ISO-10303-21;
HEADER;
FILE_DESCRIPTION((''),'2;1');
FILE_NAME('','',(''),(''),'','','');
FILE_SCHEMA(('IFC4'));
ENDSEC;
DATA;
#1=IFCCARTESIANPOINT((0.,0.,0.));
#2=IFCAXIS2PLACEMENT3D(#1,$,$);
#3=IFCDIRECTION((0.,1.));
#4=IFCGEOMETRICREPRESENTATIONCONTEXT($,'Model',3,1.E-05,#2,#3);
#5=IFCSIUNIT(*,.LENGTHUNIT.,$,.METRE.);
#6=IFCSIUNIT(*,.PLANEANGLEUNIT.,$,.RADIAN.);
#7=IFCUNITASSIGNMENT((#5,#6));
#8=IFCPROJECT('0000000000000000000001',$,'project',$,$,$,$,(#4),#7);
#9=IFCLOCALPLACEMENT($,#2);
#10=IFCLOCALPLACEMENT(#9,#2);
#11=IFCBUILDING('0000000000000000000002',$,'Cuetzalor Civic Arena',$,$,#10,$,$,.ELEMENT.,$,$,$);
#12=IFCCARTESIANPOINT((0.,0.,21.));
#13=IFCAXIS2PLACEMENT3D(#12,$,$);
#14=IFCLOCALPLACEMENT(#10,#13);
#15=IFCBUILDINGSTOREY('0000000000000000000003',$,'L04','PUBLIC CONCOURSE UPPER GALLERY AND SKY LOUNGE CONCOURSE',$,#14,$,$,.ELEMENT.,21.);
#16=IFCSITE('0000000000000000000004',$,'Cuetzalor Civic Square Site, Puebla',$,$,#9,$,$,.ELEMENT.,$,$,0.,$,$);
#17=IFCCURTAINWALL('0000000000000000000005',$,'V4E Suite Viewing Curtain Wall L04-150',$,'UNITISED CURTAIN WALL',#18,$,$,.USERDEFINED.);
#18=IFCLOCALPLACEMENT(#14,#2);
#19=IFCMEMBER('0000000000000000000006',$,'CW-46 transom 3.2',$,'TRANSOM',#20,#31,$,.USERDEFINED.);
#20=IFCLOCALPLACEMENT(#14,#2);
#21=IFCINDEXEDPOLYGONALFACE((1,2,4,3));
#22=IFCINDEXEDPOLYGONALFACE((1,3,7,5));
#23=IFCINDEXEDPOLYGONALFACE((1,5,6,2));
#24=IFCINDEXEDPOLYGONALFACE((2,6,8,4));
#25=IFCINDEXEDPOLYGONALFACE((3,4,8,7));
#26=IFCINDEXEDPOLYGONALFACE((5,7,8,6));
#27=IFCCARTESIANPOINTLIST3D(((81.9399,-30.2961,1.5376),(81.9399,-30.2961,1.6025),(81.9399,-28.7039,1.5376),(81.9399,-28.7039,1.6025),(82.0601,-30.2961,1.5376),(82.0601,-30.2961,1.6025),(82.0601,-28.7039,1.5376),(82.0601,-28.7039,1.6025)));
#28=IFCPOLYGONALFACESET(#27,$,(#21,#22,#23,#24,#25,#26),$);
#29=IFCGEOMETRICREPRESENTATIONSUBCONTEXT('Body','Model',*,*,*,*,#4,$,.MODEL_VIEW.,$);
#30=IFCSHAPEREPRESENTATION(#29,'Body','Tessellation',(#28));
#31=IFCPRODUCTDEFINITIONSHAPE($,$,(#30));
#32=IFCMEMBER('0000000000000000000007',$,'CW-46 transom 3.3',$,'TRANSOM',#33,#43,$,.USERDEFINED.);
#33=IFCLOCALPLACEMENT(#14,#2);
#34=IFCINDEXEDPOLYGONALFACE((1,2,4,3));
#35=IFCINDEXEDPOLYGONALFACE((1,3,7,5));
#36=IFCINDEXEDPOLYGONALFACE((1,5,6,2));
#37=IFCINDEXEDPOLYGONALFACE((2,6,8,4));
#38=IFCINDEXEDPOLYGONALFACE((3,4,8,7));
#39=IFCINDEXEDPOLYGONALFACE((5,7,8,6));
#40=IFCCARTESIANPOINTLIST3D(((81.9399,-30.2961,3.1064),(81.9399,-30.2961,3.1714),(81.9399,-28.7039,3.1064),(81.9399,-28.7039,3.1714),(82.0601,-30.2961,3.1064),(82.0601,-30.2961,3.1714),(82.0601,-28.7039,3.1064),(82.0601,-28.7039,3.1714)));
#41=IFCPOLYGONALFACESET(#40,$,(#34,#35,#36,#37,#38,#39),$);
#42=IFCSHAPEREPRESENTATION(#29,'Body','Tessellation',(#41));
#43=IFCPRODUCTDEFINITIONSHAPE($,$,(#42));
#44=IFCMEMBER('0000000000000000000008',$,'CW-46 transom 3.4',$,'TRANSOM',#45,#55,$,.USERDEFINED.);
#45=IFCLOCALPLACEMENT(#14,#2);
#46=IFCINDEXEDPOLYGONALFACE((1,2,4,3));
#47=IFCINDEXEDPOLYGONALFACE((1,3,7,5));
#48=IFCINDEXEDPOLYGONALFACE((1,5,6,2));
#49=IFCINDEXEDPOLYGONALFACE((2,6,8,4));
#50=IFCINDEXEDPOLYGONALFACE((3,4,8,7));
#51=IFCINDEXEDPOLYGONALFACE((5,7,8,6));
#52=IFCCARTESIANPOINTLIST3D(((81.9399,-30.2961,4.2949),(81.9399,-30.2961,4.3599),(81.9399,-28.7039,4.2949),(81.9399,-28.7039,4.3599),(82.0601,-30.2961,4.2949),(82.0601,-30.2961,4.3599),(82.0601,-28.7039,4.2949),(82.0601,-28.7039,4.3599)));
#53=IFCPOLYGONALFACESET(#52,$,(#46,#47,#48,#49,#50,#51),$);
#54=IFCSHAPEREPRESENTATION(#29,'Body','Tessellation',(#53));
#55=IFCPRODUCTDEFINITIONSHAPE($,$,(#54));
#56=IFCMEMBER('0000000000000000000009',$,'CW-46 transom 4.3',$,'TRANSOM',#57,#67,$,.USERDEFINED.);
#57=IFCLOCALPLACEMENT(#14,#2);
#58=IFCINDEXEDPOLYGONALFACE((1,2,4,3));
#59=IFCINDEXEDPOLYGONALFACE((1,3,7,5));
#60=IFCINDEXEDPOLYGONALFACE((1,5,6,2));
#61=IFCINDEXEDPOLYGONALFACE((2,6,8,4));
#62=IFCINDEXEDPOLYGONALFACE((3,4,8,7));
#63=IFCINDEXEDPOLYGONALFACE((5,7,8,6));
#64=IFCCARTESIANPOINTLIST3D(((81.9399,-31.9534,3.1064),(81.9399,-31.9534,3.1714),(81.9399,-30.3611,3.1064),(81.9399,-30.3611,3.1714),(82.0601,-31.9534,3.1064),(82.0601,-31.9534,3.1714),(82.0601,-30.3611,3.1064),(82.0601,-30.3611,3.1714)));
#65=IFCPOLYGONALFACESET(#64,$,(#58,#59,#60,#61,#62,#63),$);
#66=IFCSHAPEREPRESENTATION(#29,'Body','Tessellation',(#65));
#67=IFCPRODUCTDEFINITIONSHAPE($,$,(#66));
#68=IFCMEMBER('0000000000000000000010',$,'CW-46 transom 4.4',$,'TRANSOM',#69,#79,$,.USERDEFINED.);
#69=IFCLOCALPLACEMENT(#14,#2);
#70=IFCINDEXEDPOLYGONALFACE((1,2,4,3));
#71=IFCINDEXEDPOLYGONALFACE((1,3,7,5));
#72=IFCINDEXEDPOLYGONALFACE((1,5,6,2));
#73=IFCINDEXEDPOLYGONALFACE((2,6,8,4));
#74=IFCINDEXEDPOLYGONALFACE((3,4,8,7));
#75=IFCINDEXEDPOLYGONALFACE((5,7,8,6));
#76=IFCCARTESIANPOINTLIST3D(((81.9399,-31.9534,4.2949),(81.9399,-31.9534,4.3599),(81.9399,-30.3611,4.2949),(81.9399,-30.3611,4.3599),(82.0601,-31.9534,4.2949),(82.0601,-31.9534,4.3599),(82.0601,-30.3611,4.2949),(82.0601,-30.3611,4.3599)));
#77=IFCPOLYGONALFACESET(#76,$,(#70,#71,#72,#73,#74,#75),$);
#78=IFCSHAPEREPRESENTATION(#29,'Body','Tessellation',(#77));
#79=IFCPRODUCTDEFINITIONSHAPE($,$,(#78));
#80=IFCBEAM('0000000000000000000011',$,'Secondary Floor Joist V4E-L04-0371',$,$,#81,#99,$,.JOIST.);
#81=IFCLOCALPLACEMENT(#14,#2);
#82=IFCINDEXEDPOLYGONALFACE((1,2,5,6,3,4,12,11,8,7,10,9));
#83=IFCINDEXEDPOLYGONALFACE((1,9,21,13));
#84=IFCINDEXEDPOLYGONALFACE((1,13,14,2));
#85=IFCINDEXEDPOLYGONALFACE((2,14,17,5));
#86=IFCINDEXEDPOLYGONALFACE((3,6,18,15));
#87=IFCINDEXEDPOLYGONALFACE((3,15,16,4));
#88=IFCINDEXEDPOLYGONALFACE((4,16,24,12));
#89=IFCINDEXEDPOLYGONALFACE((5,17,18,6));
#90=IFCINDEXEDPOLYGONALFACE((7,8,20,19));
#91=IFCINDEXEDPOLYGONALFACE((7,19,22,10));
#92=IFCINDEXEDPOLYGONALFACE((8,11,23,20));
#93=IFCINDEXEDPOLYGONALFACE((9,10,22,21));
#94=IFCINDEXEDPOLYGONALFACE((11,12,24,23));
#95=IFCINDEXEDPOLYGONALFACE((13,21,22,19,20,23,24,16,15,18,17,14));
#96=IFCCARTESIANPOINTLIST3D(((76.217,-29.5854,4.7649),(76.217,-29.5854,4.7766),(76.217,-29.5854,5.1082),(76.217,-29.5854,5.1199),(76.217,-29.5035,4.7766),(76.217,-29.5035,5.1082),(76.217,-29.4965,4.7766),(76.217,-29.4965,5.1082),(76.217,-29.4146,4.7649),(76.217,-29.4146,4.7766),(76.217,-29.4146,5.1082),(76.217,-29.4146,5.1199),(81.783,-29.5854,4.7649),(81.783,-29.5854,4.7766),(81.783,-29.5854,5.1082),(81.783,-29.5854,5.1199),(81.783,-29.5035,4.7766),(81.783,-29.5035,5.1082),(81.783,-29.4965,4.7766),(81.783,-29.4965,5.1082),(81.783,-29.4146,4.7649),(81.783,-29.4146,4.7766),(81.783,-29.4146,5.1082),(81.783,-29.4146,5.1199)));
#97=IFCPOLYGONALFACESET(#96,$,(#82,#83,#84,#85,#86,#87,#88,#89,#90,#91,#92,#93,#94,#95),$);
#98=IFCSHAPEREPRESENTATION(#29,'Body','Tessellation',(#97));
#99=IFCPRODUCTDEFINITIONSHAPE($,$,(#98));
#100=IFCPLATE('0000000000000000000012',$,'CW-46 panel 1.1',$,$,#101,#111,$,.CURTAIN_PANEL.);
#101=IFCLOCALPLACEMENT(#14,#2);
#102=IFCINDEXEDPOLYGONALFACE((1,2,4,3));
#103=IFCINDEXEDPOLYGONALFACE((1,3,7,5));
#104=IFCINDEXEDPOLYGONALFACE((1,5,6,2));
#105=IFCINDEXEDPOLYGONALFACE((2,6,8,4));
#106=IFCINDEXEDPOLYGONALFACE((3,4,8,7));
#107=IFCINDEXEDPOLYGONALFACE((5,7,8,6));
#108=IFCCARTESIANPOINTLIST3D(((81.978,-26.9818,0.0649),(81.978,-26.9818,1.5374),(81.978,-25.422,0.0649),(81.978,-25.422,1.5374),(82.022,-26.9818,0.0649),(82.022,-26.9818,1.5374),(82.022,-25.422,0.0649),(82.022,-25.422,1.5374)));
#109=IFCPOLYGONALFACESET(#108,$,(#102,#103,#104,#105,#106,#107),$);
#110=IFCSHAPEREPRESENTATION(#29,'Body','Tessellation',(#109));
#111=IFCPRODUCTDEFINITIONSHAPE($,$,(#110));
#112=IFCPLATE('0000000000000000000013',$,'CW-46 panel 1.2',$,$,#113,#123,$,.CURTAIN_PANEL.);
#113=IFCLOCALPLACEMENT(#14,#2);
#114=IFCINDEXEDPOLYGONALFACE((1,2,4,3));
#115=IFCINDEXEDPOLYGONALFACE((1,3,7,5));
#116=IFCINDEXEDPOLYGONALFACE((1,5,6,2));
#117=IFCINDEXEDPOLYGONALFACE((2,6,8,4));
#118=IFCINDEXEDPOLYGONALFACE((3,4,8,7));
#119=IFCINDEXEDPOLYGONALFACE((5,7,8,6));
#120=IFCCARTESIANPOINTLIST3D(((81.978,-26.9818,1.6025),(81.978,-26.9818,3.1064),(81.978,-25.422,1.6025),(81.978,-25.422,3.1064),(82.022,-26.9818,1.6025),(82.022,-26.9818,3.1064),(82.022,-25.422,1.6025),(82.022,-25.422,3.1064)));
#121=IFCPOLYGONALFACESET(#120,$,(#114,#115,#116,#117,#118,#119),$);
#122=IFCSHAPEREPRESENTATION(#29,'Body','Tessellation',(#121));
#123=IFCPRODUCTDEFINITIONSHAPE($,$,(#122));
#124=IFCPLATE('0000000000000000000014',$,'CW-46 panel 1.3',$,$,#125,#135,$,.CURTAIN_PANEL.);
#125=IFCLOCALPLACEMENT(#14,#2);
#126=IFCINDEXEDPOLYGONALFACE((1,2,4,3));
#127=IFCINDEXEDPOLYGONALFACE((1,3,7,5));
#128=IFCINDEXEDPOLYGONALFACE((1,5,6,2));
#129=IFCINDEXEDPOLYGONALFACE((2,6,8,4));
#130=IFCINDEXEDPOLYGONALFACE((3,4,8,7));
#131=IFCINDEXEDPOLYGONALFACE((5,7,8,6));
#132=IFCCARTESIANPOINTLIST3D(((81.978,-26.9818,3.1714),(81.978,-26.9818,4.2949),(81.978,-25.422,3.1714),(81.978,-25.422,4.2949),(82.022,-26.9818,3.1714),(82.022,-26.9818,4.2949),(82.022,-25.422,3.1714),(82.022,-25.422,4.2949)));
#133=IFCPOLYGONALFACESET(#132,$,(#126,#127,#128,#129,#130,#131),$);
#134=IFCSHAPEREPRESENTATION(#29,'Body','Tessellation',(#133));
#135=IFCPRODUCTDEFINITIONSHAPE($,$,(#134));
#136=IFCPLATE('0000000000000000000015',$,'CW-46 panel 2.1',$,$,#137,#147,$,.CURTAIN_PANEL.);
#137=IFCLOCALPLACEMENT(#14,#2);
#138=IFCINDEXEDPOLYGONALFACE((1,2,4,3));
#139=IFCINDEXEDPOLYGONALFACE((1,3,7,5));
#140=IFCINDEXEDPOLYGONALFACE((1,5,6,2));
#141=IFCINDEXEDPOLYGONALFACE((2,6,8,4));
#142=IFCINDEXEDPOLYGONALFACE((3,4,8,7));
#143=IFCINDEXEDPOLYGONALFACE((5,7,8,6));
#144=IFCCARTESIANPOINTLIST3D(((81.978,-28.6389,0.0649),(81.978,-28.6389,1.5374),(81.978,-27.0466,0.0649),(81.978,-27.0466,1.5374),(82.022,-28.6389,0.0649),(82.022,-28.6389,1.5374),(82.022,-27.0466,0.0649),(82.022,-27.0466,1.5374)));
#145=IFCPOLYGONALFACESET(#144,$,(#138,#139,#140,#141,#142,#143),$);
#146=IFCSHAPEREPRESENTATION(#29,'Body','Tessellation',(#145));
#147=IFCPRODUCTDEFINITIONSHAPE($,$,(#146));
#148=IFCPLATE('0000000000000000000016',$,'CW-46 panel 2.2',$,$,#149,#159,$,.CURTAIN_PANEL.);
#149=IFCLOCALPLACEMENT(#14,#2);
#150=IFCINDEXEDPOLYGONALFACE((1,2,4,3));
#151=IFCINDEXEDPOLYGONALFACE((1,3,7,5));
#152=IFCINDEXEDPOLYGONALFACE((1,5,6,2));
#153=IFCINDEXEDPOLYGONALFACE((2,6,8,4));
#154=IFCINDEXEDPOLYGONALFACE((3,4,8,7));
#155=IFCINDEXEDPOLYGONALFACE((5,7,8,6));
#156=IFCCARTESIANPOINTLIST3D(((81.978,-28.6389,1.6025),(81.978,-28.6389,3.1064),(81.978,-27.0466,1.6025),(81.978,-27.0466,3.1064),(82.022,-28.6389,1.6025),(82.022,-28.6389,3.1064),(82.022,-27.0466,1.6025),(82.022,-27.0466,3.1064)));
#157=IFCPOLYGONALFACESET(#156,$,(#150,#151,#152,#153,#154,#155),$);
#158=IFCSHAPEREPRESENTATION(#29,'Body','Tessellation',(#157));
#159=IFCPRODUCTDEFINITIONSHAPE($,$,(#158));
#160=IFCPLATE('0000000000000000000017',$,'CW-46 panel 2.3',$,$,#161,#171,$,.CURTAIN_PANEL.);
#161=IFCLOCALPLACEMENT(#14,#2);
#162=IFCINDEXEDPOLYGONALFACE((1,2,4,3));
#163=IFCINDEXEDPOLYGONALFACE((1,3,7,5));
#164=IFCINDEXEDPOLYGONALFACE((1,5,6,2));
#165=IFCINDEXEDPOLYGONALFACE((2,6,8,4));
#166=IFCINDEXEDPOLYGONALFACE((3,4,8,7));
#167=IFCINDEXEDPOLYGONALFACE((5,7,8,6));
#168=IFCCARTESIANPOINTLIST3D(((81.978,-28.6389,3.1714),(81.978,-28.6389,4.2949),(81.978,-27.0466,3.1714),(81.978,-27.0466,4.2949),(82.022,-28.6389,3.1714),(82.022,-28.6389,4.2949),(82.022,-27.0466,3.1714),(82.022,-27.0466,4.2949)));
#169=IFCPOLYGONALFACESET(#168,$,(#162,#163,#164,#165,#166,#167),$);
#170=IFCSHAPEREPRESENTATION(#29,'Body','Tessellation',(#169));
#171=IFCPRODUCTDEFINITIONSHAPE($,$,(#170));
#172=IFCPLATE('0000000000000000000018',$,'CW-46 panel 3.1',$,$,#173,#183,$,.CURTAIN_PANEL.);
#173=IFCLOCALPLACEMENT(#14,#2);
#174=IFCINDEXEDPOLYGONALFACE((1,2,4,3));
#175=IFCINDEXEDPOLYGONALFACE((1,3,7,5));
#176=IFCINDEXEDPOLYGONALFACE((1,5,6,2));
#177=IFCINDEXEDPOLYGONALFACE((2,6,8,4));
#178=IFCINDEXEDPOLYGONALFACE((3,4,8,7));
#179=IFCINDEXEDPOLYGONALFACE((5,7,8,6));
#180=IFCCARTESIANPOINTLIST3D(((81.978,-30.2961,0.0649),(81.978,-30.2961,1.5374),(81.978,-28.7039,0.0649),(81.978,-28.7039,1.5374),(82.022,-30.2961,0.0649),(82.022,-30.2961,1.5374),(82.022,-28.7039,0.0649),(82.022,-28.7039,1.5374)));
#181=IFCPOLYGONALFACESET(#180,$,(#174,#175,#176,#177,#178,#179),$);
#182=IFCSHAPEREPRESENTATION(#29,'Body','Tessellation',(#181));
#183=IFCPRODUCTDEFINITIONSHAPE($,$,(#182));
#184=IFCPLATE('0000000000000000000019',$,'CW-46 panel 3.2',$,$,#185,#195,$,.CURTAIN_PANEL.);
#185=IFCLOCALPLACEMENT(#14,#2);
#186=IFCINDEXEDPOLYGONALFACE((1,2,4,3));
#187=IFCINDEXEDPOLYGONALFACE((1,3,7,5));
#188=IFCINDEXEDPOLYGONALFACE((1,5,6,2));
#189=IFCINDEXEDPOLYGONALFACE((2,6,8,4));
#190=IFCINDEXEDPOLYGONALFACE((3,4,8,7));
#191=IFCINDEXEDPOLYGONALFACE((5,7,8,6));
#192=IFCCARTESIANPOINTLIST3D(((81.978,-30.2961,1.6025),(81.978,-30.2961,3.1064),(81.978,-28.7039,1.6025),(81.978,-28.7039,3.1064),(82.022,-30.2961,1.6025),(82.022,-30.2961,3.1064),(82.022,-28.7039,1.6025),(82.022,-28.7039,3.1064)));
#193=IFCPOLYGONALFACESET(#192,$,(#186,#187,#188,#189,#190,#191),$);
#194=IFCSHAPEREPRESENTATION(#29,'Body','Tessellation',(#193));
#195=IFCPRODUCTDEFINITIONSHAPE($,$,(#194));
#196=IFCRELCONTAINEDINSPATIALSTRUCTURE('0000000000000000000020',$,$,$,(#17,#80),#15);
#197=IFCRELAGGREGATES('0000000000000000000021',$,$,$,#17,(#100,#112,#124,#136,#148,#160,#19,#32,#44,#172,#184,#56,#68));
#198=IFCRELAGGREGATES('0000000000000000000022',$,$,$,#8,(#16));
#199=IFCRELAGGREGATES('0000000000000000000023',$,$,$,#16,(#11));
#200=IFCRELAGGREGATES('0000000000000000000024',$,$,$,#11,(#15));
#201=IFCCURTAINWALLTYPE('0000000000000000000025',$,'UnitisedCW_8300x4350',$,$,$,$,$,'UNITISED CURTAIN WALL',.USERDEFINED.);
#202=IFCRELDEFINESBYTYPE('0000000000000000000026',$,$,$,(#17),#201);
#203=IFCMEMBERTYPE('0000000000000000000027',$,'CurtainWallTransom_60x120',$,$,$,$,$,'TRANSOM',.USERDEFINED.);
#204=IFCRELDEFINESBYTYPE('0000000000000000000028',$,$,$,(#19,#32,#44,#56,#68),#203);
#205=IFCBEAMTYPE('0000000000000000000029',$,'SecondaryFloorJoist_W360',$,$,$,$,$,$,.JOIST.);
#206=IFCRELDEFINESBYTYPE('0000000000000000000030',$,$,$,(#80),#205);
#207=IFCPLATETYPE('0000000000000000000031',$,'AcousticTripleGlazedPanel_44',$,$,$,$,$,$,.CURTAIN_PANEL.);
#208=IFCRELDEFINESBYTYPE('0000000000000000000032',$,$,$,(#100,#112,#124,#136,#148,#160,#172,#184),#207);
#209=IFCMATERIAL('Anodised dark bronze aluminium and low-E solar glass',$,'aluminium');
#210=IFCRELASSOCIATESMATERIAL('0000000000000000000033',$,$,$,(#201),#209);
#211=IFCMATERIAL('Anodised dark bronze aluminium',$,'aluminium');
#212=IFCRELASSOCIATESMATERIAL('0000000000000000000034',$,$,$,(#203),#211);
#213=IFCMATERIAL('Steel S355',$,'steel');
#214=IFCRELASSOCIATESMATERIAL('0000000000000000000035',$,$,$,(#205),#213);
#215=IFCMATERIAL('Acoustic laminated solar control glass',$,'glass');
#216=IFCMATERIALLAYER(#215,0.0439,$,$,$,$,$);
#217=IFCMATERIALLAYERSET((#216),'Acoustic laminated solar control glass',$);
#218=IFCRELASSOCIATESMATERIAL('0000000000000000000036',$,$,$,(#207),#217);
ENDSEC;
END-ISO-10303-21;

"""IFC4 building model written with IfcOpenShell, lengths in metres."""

from ifc_helpers import new_model, si_unit, direction, frame, origin, origin_2d, place, context, subcontext, project, spatial, rectangle, i_section, extrude, material, layer, layer_set, material_profile, profile_set, type_object, element, aggregate, save


model = new_model("IFC4")

# Units and contexts
model_context = context("Model", 3, precision=1e-05, world=origin(), true_north=direction((0.0, 1.0)))
body_context = subcontext(model_context, "Body", "Model", "MODEL_VIEW")
ifc_project = project(units=[si_unit("LENGTHUNIT", "METRE"), si_unit("PLANEANGLEUNIT", "RADIAN")], contexts=[model_context])

# Site, building, storey
site_placement = place(None, origin())
site = spatial("IfcSite", under=ifc_project, at=site_placement, Name="Cuetzalor Civic Square Site, Puebla", CompositionType="ELEMENT", RefElevation=0.0)
building_placement = place(site_placement, origin())
building = spatial("IfcBuilding", under=site, at=building_placement, Name="Cuetzalor Civic Arena", CompositionType="ELEMENT")
storey_placement = place(building_placement, frame((0.0, 0.0, 21.0)))
storey = spatial("IfcBuildingStorey", under=building, at=storey_placement, Name="L04", Description="PUBLIC CONCOURSE UPPER GALLERY AND SKY LOUNGE CONCOURSE", CompositionType="ELEMENT", Elevation=21.0)

# Curtain wall, members
ifc_material_1 = material(Name="Anodised dark bronze aluminium and low-E solar glass", Category="aluminium")
curtain_wall_type = type_object("IfcCurtainWallType", Name="UnitisedCW_8300x4350", ElementType="UNITISED CURTAIN WALL", PredefinedType="USERDEFINED", material=ifc_material_1)
curtain_wall_placement = place(storey_placement, origin())
curtain_wall = element("IfcCurtainWall", 1, at=curtain_wall_placement, inside=storey, type_object=curtain_wall_type, Name="V4E Suite Viewing Curtain Wall L04-150", ObjectType="UNITISED CURTAIN WALL", PredefinedType="USERDEFINED")
ifc_material_2 = material(Name="Anodised dark bronze aluminium", Category="aluminium")
ifc_material_profile_1 = material_profile(ifc_material_2, rectangle(XDim=0.1201, YDim=0.0649, at=origin_2d()), Name="ALU TRANSOM 65x120")
ifc_profile_set_1 = profile_set([ifc_material_profile_1], Name="Anodised dark bronze aluminium")
member_type_1 = type_object("IfcMemberType", Name="CurtainWallTransom_60x120", ElementType="TRANSOM", PredefinedType="USERDEFINED", material=ifc_profile_set_1)
member_1_placement = place(storey_placement, frame((82.0, -28.7039, 1.5701), z_axis=(0.0, -1.0, 0.0), x_axis=(1.0, 0.0, 0.0)))
member_1 = element("IfcMember", 2, at=member_1_placement, type_object=member_type_1, Name="CW-46 transom 3.2", ObjectType="TRANSOM", PredefinedType="USERDEFINED", context=body_context, shape_type="SweptSolid", body=[
    extrude(rectangle(XDim=0.1201, YDim=0.0649, at=origin_2d()), origin(), (0.0, 0.0, 1.0), 1.5923),
])
member_2_placement = place(storey_placement, frame((82.0, -28.7039, 3.1389), z_axis=(0.0, -1.0, 0.0), x_axis=(1.0, 0.0, 0.0)))
member_2 = element("IfcMember", 3, at=member_2_placement, type_object=member_type_1, Name="CW-46 transom 3.3", ObjectType="TRANSOM", PredefinedType="USERDEFINED", context=body_context, shape_type="SweptSolid", body=[
    extrude(rectangle(XDim=0.1201, YDim=0.0649, at=origin_2d()), origin(), (0.0, 0.0, 1.0), 1.5923),
])
member_3_placement = place(storey_placement, frame((82.0, -28.7039, 4.3274), z_axis=(0.0, -1.0, 0.0), x_axis=(1.0, 0.0, 0.0)))
member_3 = element("IfcMember", 4, at=member_3_placement, type_object=member_type_1, Name="CW-46 transom 3.4", ObjectType="TRANSOM", PredefinedType="USERDEFINED", context=body_context, shape_type="SweptSolid", body=[
    extrude(rectangle(XDim=0.1201, YDim=0.0649, at=origin_2d()), origin(), (0.0, 0.0, 1.0), 1.5923),
])
member_4_placement = place(storey_placement, frame((82.0, -30.3611, 3.1389), z_axis=(0.0, -1.0, 0.0), x_axis=(1.0, 0.0, 0.0)))
member_4 = element("IfcMember", 5, at=member_4_placement, type_object=member_type_1, Name="CW-46 transom 4.3", ObjectType="TRANSOM", PredefinedType="USERDEFINED", context=body_context, shape_type="SweptSolid", body=[
    extrude(rectangle(XDim=0.1201, YDim=0.0649, at=origin_2d()), origin(), (0.0, 0.0, 1.0), 1.5923),
])
member_5_placement = place(storey_placement, frame((82.0, -30.3611, 4.3274), z_axis=(0.0, -1.0, 0.0), x_axis=(1.0, 0.0, 0.0)))
member_5 = element("IfcMember", 6, at=member_5_placement, type_object=member_type_1, Name="CW-46 transom 4.4", ObjectType="TRANSOM", PredefinedType="USERDEFINED", context=body_context, shape_type="SweptSolid", body=[
    extrude(rectangle(XDim=0.1201, YDim=0.0649, at=origin_2d()), origin(), (0.0, 0.0, 1.0), 1.5923),
])

# Beam
ifc_material_3 = material(Name="Steel S355", Category="steel")
ifc_material_profile_2 = material_profile(ifc_material_3, i_section(OverallWidth=0.1709, OverallDepth=0.355, WebThickness=0.0071, FlangeThickness=0.0117, at=origin_2d()), Name="W360x51")
ifc_profile_set_2 = profile_set([ifc_material_profile_2], Name="Steel S355")
beam_type = type_object("IfcBeamType", Name="SecondaryFloorJoist_W360", PredefinedType="JOIST", material=ifc_profile_set_2)
beam_placement = place(storey_placement, frame((76.217, -29.5, 4.9424), z_axis=(1.0, 0.0, 0.0), x_axis=(0.0, 1.0, 0.0)))
element("IfcBeam", 7, at=beam_placement, inside=storey, type_object=beam_type, Name="Secondary Floor Joist V4E-L04-0371", PredefinedType="JOIST", context=body_context, shape_type="SweptSolid", body=[
    extrude(i_section(OverallWidth=0.1709, OverallDepth=0.355, WebThickness=0.0071, FlangeThickness=0.0117, at=origin_2d()), origin(), (0.0, 0.0, 1.0), 5.5659),
])

# Plates
ifc_material_4 = material(Name="Acoustic laminated solar control glass", Category="glass")
ifc_layer_1 = layer(ifc_material_4, 0.0439)
ifc_layer_set_1 = layer_set([ifc_layer_1], Name="Acoustic laminated solar control glass")
plate_type = type_object("IfcPlateType", Name="AcousticTripleGlazedPanel_44", PredefinedType="CURTAIN_PANEL", material=ifc_layer_set_1)
plate_1_placement = place(storey_placement, frame((82.0, -26.2019, 0.0649), z_axis=(0.0, 0.0, 1.0), x_axis=(0.0, -1.0, 0.0)))
plate_1 = element("IfcPlate", 8, at=plate_1_placement, type_object=plate_type, Name="CW-46 panel 1.1", PredefinedType="CURTAIN_PANEL", context=body_context, shape_type="SweptSolid", body=[
    extrude(rectangle(XDim=1.5598, YDim=0.0439, at=origin_2d()), origin(), (0.0, 0.0, 1.0), 1.4724),
])
plate_2_placement = place(storey_placement, frame((82.0, -26.2019, 1.6025), z_axis=(0.0, 0.0, 1.0), x_axis=(0.0, -1.0, 0.0)))
plate_2 = element("IfcPlate", 9, at=plate_2_placement, type_object=plate_type, Name="CW-46 panel 1.2", PredefinedType="CURTAIN_PANEL", context=body_context, shape_type="SweptSolid", body=[
    extrude(rectangle(XDim=1.5598, YDim=0.0439, at=origin_2d()), origin(), (0.0, 0.0, 1.0), 1.5039),
])
plate_3_placement = place(storey_placement, frame((82.0, -26.2019, 3.1714), z_axis=(0.0, 0.0, 1.0), x_axis=(0.0, -1.0, 0.0)))
plate_3 = element("IfcPlate", 10, at=plate_3_placement, type_object=plate_type, Name="CW-46 panel 1.3", PredefinedType="CURTAIN_PANEL", context=body_context, shape_type="SweptSolid", body=[
    extrude(rectangle(XDim=1.5598, YDim=0.0439, at=origin_2d()), origin(), (0.0, 0.0, 1.0), 1.1235),
])
plate_4_placement = place(storey_placement, frame((82.0, -27.8428, 0.0649), z_axis=(0.0, 0.0, 1.0), x_axis=(0.0, -1.0, 0.0)))
plate_4 = element("IfcPlate", 11, at=plate_4_placement, type_object=plate_type, Name="CW-46 panel 2.1", PredefinedType="CURTAIN_PANEL", context=body_context, shape_type="SweptSolid", body=[
    extrude(rectangle(XDim=1.5923, YDim=0.0439, at=origin_2d()), origin(), (0.0, 0.0, 1.0), 1.4724),
])
plate_5_placement = place(storey_placement, frame((82.0, -27.8428, 1.6025), z_axis=(0.0, 0.0, 1.0), x_axis=(0.0, -1.0, 0.0)))
plate_5 = element("IfcPlate", 12, at=plate_5_placement, type_object=plate_type, Name="CW-46 panel 2.2", PredefinedType="CURTAIN_PANEL", context=body_context, shape_type="SweptSolid", body=[
    extrude(rectangle(XDim=1.5923, YDim=0.0439, at=origin_2d()), origin(), (0.0, 0.0, 1.0), 1.5039),
])
plate_6_placement = place(storey_placement, frame((82.0, -27.8428, 3.1714), z_axis=(0.0, 0.0, 1.0), x_axis=(0.0, -1.0, 0.0)))
plate_6 = element("IfcPlate", 13, at=plate_6_placement, type_object=plate_type, Name="CW-46 panel 2.3", PredefinedType="CURTAIN_PANEL", context=body_context, shape_type="SweptSolid", body=[
    extrude(rectangle(XDim=1.5923, YDim=0.0439, at=origin_2d()), origin(), (0.0, 0.0, 1.0), 1.1235),
])
plate_7_placement = place(storey_placement, frame((82.0, -29.5, 0.0649), z_axis=(0.0, 0.0, 1.0), x_axis=(0.0, -1.0, 0.0)))
plate_7 = element("IfcPlate", 14, at=plate_7_placement, type_object=plate_type, Name="CW-46 panel 3.1", PredefinedType="CURTAIN_PANEL", context=body_context, shape_type="SweptSolid", body=[
    extrude(rectangle(XDim=1.5923, YDim=0.0439, at=origin_2d()), origin(), (0.0, 0.0, 1.0), 1.4724),
])
plate_8_placement = place(storey_placement, frame((82.0, -29.5, 1.6025), z_axis=(0.0, 0.0, 1.0), x_axis=(0.0, -1.0, 0.0)))
plate_8 = element("IfcPlate", 15, at=plate_8_placement, type_object=plate_type, Name="CW-46 panel 3.2", PredefinedType="CURTAIN_PANEL", context=body_context, shape_type="SweptSolid", body=[
    extrude(rectangle(XDim=1.5923, YDim=0.0439, at=origin_2d()), origin(), (0.0, 0.0, 1.0), 1.5039),
])
aggregate(curtain_wall, [plate_1, plate_2, plate_3, plate_4, plate_5, plate_6, member_1, member_2, member_3, plate_7, plate_8, member_4, member_5])

save(model, "model.ifc")
